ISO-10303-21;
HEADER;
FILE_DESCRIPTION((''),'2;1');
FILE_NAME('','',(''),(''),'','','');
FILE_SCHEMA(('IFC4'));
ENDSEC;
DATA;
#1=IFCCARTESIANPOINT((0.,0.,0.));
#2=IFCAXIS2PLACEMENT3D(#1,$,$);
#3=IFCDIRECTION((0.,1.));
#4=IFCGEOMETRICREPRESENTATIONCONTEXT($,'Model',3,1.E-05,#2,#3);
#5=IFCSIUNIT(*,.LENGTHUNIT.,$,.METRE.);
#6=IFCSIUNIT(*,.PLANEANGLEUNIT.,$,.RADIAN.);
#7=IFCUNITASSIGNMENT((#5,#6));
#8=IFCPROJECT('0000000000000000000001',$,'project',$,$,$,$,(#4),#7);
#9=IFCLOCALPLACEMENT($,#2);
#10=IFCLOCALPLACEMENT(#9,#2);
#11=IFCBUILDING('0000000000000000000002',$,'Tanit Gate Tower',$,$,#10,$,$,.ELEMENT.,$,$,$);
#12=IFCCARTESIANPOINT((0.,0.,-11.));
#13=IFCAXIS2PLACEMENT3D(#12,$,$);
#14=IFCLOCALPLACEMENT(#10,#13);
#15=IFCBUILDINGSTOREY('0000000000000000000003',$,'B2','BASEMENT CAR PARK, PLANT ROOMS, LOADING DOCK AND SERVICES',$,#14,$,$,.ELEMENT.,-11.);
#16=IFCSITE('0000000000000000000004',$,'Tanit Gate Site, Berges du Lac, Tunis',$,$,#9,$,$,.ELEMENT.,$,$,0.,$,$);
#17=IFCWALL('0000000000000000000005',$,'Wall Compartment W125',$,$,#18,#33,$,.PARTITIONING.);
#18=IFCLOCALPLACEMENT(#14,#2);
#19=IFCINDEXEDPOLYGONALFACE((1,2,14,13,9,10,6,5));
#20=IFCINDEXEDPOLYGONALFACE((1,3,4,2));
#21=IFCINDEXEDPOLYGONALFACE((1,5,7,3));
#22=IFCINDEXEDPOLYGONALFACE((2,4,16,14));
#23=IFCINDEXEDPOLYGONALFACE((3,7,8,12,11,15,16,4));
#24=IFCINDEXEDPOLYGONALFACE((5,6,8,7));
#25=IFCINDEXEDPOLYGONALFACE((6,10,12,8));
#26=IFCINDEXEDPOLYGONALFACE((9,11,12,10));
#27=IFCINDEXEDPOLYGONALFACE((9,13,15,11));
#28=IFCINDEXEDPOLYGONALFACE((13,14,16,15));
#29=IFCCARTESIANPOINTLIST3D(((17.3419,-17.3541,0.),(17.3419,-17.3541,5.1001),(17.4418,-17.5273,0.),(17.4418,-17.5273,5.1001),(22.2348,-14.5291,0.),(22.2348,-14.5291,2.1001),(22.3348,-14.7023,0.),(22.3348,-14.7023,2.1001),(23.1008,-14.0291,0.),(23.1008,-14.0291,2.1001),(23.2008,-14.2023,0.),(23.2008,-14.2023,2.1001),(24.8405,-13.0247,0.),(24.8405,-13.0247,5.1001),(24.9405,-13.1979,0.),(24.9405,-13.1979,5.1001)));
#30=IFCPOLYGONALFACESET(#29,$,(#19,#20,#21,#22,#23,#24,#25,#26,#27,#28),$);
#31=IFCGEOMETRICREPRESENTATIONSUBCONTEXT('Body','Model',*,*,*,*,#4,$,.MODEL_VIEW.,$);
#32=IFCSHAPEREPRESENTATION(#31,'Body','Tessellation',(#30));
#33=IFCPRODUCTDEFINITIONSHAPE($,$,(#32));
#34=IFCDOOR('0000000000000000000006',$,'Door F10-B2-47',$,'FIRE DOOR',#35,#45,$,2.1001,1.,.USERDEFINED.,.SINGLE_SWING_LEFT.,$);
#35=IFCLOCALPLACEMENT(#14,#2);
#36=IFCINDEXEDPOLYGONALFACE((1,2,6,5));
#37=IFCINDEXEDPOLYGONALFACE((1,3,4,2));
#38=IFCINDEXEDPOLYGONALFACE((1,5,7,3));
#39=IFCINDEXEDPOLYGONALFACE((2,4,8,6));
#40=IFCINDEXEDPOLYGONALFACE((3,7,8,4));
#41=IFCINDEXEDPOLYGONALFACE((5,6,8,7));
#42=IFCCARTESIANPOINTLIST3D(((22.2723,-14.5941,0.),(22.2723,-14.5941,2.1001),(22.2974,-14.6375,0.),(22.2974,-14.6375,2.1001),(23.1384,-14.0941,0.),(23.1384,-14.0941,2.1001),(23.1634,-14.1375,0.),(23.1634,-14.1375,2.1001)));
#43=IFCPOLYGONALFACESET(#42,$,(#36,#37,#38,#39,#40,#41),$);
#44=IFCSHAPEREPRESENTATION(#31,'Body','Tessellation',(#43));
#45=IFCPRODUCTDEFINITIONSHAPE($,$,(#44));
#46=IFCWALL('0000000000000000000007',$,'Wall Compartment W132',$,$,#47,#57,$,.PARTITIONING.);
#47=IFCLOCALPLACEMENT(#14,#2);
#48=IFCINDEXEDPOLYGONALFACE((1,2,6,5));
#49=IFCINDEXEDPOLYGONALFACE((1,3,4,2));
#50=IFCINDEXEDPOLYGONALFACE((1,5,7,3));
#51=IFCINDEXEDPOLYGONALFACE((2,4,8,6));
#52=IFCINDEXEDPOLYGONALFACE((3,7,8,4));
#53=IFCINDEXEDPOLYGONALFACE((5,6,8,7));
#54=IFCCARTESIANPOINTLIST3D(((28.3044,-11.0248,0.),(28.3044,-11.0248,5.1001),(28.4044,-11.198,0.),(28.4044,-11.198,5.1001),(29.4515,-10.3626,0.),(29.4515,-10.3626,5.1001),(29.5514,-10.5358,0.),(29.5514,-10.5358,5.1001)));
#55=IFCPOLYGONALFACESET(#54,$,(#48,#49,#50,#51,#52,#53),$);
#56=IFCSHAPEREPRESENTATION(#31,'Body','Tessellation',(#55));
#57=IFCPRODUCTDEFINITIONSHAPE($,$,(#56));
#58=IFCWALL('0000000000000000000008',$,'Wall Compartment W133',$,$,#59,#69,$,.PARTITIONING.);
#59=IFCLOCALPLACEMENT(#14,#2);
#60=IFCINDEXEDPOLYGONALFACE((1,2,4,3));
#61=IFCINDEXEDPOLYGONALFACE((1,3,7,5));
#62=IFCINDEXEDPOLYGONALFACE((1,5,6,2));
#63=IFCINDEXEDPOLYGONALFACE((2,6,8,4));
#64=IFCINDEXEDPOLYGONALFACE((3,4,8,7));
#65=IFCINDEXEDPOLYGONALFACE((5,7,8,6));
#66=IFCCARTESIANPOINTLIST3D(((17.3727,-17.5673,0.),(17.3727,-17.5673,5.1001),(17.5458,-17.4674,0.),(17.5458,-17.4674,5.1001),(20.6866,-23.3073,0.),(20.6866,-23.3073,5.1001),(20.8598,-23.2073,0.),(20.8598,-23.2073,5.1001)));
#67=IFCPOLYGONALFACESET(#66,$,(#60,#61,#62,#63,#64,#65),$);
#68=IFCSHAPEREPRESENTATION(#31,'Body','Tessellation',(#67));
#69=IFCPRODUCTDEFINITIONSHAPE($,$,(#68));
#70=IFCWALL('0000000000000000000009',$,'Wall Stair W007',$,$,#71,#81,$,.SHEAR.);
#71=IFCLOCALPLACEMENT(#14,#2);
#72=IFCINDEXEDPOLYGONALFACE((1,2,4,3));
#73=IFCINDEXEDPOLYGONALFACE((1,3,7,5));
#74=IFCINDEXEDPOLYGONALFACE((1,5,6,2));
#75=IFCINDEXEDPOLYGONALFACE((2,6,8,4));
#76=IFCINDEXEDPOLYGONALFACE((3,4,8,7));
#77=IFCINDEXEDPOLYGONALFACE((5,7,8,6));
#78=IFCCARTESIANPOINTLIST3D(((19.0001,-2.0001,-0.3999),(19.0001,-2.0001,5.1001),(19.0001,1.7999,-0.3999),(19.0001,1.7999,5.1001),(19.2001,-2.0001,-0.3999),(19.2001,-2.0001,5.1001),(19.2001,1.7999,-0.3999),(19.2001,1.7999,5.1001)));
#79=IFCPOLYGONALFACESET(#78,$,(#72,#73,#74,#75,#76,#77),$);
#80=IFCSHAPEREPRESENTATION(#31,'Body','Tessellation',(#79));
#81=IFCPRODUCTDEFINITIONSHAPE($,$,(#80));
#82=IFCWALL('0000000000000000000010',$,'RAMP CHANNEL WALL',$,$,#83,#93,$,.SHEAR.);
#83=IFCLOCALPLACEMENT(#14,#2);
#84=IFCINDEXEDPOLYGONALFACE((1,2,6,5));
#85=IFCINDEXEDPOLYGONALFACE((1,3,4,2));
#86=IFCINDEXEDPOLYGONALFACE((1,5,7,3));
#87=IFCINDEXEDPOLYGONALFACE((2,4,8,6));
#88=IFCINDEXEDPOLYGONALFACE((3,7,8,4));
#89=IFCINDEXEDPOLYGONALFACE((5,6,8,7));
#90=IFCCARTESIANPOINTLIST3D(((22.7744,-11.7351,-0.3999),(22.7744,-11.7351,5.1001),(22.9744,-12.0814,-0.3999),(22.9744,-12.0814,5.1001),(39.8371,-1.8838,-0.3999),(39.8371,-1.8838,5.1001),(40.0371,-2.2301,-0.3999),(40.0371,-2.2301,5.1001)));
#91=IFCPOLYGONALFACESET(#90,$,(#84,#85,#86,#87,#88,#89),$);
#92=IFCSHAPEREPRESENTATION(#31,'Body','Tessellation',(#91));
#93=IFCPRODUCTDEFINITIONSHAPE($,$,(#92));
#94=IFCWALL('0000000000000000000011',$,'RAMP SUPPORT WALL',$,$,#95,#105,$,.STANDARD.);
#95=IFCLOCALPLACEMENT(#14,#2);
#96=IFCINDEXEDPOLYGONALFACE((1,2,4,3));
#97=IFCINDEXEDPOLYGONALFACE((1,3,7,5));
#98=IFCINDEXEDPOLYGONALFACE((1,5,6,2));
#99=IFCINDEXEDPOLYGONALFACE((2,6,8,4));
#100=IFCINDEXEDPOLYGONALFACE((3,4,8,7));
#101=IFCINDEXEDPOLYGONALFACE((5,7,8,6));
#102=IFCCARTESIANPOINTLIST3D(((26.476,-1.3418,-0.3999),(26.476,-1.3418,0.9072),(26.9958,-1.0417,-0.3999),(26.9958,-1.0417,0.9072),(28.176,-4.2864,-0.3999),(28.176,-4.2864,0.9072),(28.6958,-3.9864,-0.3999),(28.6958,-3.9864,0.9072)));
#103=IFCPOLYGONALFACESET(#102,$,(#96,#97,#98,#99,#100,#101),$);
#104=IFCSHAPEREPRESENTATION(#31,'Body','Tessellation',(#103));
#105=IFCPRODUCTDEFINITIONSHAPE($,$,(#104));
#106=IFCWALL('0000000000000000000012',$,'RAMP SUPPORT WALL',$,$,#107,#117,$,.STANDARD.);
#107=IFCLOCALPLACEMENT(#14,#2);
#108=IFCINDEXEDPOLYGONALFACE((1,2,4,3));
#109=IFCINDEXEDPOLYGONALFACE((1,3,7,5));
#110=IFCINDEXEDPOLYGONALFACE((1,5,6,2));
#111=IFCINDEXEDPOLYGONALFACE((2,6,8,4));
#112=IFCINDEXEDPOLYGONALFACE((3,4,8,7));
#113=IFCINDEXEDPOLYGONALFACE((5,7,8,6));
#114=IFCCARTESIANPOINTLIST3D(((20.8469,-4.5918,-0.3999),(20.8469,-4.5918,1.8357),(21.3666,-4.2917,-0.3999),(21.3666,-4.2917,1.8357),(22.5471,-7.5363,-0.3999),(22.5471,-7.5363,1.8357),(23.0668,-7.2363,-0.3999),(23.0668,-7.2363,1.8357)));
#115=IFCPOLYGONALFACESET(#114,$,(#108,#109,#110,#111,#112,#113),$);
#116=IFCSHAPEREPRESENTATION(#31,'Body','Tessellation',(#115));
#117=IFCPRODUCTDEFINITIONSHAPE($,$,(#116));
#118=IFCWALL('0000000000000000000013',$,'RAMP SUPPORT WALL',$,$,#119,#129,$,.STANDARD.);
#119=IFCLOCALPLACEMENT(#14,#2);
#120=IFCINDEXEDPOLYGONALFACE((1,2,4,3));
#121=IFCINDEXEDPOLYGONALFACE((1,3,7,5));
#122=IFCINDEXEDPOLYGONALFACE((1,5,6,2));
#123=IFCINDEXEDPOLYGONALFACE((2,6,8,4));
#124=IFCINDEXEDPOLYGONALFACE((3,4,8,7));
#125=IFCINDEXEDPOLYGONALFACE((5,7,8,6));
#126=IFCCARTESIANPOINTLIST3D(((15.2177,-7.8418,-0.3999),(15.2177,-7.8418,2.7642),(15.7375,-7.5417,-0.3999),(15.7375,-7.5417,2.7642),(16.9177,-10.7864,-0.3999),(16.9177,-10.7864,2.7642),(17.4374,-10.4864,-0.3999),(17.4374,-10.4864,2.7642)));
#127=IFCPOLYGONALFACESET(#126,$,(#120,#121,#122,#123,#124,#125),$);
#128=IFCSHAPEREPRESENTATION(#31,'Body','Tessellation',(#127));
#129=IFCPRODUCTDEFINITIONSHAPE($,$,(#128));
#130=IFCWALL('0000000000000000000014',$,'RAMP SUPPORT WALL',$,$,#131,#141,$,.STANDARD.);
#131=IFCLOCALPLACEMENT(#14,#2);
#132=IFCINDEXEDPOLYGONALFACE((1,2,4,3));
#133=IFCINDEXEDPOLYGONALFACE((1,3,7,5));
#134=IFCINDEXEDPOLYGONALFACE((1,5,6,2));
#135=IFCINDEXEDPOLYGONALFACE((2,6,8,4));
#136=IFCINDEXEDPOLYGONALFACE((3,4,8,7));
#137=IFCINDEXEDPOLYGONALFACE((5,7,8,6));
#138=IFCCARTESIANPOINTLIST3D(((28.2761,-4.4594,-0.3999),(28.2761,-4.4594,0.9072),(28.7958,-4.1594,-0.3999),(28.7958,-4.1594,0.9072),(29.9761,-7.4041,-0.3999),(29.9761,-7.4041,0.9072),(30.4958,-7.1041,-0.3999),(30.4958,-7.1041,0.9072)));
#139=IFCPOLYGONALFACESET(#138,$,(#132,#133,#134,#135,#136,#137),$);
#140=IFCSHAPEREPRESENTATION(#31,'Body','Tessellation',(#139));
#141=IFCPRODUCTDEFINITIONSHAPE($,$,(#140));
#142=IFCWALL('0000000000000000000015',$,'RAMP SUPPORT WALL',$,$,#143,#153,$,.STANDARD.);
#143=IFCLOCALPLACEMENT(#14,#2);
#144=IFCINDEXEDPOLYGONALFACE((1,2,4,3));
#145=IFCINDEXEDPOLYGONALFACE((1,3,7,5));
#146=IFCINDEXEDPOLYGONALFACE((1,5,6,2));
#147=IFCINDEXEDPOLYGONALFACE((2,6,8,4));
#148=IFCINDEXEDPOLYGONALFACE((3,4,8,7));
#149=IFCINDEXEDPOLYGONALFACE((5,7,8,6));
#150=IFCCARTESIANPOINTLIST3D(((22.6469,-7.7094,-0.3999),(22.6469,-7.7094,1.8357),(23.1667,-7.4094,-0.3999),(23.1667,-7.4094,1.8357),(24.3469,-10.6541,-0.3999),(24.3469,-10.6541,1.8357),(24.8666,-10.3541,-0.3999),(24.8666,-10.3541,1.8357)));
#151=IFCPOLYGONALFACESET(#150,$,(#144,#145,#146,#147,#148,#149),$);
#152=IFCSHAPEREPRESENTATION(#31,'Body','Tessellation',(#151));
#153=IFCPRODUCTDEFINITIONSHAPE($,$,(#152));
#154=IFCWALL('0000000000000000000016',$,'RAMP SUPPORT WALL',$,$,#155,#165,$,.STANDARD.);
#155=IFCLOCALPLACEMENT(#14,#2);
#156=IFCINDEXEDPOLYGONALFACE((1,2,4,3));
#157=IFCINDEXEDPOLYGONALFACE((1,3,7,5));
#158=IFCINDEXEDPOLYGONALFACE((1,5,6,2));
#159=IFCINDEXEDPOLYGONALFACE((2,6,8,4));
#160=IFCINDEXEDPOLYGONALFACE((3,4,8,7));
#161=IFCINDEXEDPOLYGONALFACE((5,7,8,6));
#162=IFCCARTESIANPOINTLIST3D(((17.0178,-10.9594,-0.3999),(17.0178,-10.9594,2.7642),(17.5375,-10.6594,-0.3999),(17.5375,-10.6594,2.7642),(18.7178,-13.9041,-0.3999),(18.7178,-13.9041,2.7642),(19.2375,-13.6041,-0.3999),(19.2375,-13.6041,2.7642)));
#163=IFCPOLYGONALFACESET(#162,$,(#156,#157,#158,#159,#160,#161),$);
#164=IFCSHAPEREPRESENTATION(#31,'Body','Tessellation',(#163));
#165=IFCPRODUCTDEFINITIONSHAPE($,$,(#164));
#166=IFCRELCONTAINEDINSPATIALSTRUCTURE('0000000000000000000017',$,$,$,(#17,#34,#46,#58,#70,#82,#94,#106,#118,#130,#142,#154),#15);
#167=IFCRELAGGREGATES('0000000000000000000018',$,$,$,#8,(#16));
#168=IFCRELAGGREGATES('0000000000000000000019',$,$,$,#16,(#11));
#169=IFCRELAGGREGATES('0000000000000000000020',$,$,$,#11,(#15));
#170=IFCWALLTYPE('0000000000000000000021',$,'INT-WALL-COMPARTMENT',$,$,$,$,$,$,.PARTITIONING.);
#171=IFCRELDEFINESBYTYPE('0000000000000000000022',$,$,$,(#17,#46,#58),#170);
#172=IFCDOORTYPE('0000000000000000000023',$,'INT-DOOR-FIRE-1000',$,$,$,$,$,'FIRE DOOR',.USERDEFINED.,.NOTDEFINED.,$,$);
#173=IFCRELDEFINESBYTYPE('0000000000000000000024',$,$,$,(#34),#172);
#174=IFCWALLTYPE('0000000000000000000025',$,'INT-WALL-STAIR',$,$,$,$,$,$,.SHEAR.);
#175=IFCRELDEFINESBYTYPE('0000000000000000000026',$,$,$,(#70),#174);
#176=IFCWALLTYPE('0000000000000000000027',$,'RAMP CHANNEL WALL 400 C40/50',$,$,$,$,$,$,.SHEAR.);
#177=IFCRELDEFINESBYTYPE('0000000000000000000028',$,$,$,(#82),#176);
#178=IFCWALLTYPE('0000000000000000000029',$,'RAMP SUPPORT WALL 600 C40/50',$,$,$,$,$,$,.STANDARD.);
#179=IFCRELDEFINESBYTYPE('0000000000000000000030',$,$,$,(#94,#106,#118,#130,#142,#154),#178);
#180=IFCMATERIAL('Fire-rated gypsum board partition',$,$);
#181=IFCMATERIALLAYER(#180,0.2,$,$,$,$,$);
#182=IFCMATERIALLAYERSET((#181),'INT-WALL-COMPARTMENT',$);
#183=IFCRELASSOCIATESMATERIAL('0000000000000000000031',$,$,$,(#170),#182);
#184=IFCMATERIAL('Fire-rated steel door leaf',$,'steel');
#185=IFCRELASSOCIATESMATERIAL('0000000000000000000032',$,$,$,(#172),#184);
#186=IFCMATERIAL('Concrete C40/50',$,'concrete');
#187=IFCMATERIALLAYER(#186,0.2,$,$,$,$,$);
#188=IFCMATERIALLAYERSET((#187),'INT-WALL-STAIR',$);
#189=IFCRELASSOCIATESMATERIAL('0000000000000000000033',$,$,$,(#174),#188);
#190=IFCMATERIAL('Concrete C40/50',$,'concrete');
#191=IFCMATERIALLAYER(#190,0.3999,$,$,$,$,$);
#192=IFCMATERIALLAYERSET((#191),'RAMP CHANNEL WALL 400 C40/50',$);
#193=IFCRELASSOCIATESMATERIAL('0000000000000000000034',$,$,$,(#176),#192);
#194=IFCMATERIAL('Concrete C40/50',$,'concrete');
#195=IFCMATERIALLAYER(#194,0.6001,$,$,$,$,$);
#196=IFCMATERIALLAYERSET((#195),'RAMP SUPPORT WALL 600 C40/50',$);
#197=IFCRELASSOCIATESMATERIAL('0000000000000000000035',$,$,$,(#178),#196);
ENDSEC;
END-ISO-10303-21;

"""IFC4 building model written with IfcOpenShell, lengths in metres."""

from ifc_helpers import new_model, si_unit, direction, frame, frame_2d, origin, place, context, subcontext, project, spatial, rectangle, extrude, material, layer, layer_set, type_object, element, fill, save


model = new_model("IFC4")

# Units and contexts
model_context = context("Model", 3, precision=1e-05, world=origin(), true_north=direction((0.0, 1.0)))
body_context = subcontext(model_context, "Body", "Model", "MODEL_VIEW")
ifc_project = project(units=[si_unit("LENGTHUNIT", "METRE"), si_unit("PLANEANGLEUNIT", "RADIAN")], contexts=[model_context])

# Site, building, storey
site_placement = place(None, origin())
site = spatial("IfcSite", under=ifc_project, at=site_placement, Name="Tanit Gate Site, Berges du Lac, Tunis", CompositionType="ELEMENT", RefElevation=0.0)
building_placement = place(site_placement, origin())
building = spatial("IfcBuilding", under=site, at=building_placement, Name="Tanit Gate Tower", CompositionType="ELEMENT")
storey_placement = place(building_placement, frame((0.0, 0.0, -11.0)))
storey = spatial("IfcBuildingStorey", under=building, at=storey_placement, Name="B2", Description="BASEMENT CAR PARK, PLANT ROOMS, LOADING DOCK AND SERVICES", CompositionType="ELEMENT", Elevation=-11.0)

# Wall, opening, door
ifc_material_1 = material(Name="Fire-rated gypsum board partition")
ifc_layer_1 = layer(ifc_material_1, 0.2)
ifc_layer_set_1 = layer_set([ifc_layer_1], Name="INT-WALL-COMPARTMENT")
wall_type_1 = type_object("IfcWallType", Name="INT-WALL-COMPARTMENT", PredefinedType="PARTITIONING", material=ifc_layer_set_1)
wall_1_placement = place(storey_placement, frame((17.3918, -17.4407, 0.0), z_axis=(0.0, 0.0, 1.0), x_axis=(0.866022, 0.500006, 0.0)))
wall_1 = element("IfcWall", 1, at=wall_1_placement, inside=storey, type_object=wall_type_1, Name="Wall Compartment W125", PredefinedType="PARTITIONING", context=body_context, shape_type="SweptSolid", body=[
    extrude(rectangle(XDim=8.6587, YDim=0.2, at=frame_2d((4.3293, 0.0))), origin(), (0.0, 0.0, 1.0), 5.1001),
])
opening_1_placement = place(wall_1_placement, frame((5.6499, 0.0, 0.0)))
opening_1 = element("IfcOpeningElement", 2, at=opening_1_placement, cuts=wall_1, PredefinedType="OPENING", context=body_context, shape_type="SweptSolid", body=[
    extrude(rectangle(XDim=1.0, YDim=2.1001, at=frame_2d((0.5, 1.05))), frame((0.0, 0.1099, 0.0), z_axis=(0.0, -1.0, 0.0), x_axis=(1.0, 0.0, 0.0)), (0.0, 0.0, 1.0), 0.22),
])
ifc_material_2 = material(Name="Fire-rated steel door leaf", Category="steel")
door_type_1 = type_object("IfcDoorType", Name="INT-DOOR-FIRE-1000", ElementType="FIRE DOOR", OperationType="NOTDEFINED", PredefinedType="USERDEFINED", material=ifc_material_2)
door_1_placement = place(opening_1_placement, origin())
door_1 = element("IfcDoor", 3, at=door_1_placement, inside=storey, type_object=door_type_1, Name="Door F10-B2-47", ObjectType="FIRE DOOR", OperationType="SINGLE_SWING_LEFT", OverallHeight=2.1001, OverallWidth=1.0, PredefinedType="USERDEFINED", context=body_context, shape_type="SweptSolid", body=[
    extrude(rectangle(XDim=1.0, YDim=2.1001, at=frame_2d((0.5, 1.05))), frame((0.0, 0.0249, 0.0), z_axis=(0.0, -1.0, 0.0), x_axis=(1.0, 0.0, 0.0)), (0.0, 0.0, 1.0), 0.05),
])
fill(opening_1, door_1)

# Walls
wall_2_placement = place(storey_placement, frame((28.3545, -11.1113, 0.0), z_axis=(0.0, 0.0, 1.0), x_axis=(0.866057, 0.499946, 0.0)))
element("IfcWall", 4, at=wall_2_placement, inside=storey, type_object=wall_type_1, Name="Wall Compartment W132", PredefinedType="PARTITIONING", context=body_context, shape_type="SweptSolid", body=[
    extrude(rectangle(XDim=1.3245, YDim=0.2, at=frame_2d((0.6621, 0.0))), origin(), (0.0, 0.0, 1.0), 5.1001),
])
wall_3_placement = place(storey_placement, frame((20.7732, -23.2573, 0.0), z_axis=(0.0, 0.0, 1.0), x_axis=(-0.499998, 0.866027, 0.0)))
element("IfcWall", 5, at=wall_3_placement, inside=storey, type_object=wall_type_1, Name="Wall Compartment W133", PredefinedType="PARTITIONING", context=body_context, shape_type="SweptSolid", body=[
    extrude(rectangle(XDim=6.6279, YDim=0.2, at=frame_2d((3.314, 0.0))), origin(), (0.0, 0.0, 1.0), 5.1001),
])
ifc_material_3 = material(Name="Concrete C40/50", Category="concrete")
ifc_layer_2 = layer(ifc_material_3, 0.2)
ifc_layer_set_2 = layer_set([ifc_layer_2], Name="INT-WALL-STAIR")
wall_type_2 = type_object("IfcWallType", Name="INT-WALL-STAIR", PredefinedType="SHEAR", material=ifc_layer_set_2)
wall_4_placement = place(storey_placement, frame((19.1001, -2.0, -0.3999), z_axis=(0.0, 0.0, 1.0), x_axis=(0.0, 1.0, 0.0)))
element("IfcWall", 6, at=wall_4_placement, inside=storey, type_object=wall_type_2, Name="Wall Stair W007", PredefinedType="SHEAR", context=body_context, shape_type="SweptSolid", body=[
    extrude(rectangle(XDim=3.8, YDim=0.2, at=frame_2d((1.8999, 0.0))), origin(), (0.0, 0.0, 1.0), 5.5),
])
ifc_material_4 = material(Name="Concrete C40/50", Category="concrete")
ifc_layer_3 = layer(ifc_material_4, 0.3999)
ifc_layer_set_3 = layer_set([ifc_layer_3], Name="RAMP CHANNEL WALL 400 C40/50")
wall_type_3 = type_object("IfcWallType", Name="RAMP CHANNEL WALL 400 C40/50", PredefinedType="SHEAR", material=ifc_layer_set_3)
wall_5_placement = place(storey_placement, frame((22.8745, -11.9082, -0.3999), z_axis=(0.0, 0.0, 1.0), x_axis=(0.866022, 0.500005, 0.0)))
element("IfcWall", 7, at=wall_5_placement, inside=storey, type_object=wall_type_3, Name="RAMP CHANNEL WALL", PredefinedType="SHEAR", context=body_context, shape_type="SweptSolid", body=[
    extrude(rectangle(XDim=19.7024, YDim=0.3999, at=frame_2d((9.8511, 0.0))), origin(), (0.0, 0.0, 1.0), 5.5),
])
ifc_material_5 = material(Name="Concrete C40/50", Category="concrete")
ifc_layer_4 = layer(ifc_material_5, 0.6001)
ifc_layer_set_4 = layer_set([ifc_layer_4], Name="RAMP SUPPORT WALL 600 C40/50")
wall_type_4 = type_object("IfcWallType", Name="RAMP SUPPORT WALL 600 C40/50", PredefinedType="STANDARD", material=ifc_layer_set_4)
wall_6_placement = place(storey_placement, frame((26.7358, -1.1917, -0.3999), z_axis=(0.0, 0.0, 1.0), x_axis=(0.499977, -0.866039, 0.0)))
element("IfcWall", 8, at=wall_6_placement, inside=storey, type_object=wall_type_4, Name="RAMP SUPPORT WALL", PredefinedType="STANDARD", context=body_context, shape_type="SweptSolid", body=[
    extrude(rectangle(XDim=3.4001, YDim=0.6001, at=frame_2d((1.7002, 0.0))), origin(), (0.0, 0.0, 1.0), 1.3071),
])
wall_7_placement = place(storey_placement, frame((21.1067, -4.4417, -0.3999), z_axis=(0.0, 0.0, 1.0), x_axis=(0.500031, -0.866007, 0.0)))
element("IfcWall", 9, at=wall_7_placement, inside=storey, type_object=wall_type_4, Name="RAMP SUPPORT WALL", PredefinedType="STANDARD", context=body_context, shape_type="SweptSolid", body=[
    extrude(rectangle(XDim=3.4001, YDim=0.6001, at=frame_2d((1.7002, 0.0))), origin(), (0.0, 0.0, 1.0), 2.2356),
])
wall_8_placement = place(storey_placement, frame((15.4775, -7.6917, -0.3999), z_axis=(0.0, 0.0, 1.0), x_axis=(0.499977, -0.866039, 0.0)))
element("IfcWall", 10, at=wall_8_placement, inside=storey, type_object=wall_type_4, Name="RAMP SUPPORT WALL", PredefinedType="STANDARD", context=body_context, shape_type="SweptSolid", body=[
    extrude(rectangle(XDim=3.4001, YDim=0.6001, at=frame_2d((1.7002, 0.0))), origin(), (0.0, 0.0, 1.0), 3.1641),
])
wall_9_placement = place(storey_placement, frame((28.5359, -4.3093, -0.3999), z_axis=(0.0, 0.0, 1.0), x_axis=(0.499977, -0.866039, 0.0)))
element("IfcWall", 11, at=wall_9_placement, inside=storey, type_object=wall_type_4, Name="RAMP SUPPORT WALL", PredefinedType="STANDARD", context=body_context, shape_type="SweptSolid", body=[
    extrude(rectangle(XDim=3.4001, YDim=0.6001, at=frame_2d((1.7002, 0.0))), origin(), (0.0, 0.0, 1.0), 1.3071),
])
wall_10_placement = place(storey_placement, frame((22.9067, -7.5593, -0.3999), z_axis=(0.0, 0.0, 1.0), x_axis=(0.499977, -0.866039, 0.0)))
element("IfcWall", 12, at=wall_10_placement, inside=storey, type_object=wall_type_4, Name="RAMP SUPPORT WALL", PredefinedType="STANDARD", context=body_context, shape_type="SweptSolid", body=[
    extrude(rectangle(XDim=3.4001, YDim=0.6001, at=frame_2d((1.7002, 0.0))), origin(), (0.0, 0.0, 1.0), 2.2356),
])
wall_11_placement = place(storey_placement, frame((17.2776, -10.8093, -0.3999), z_axis=(0.0, 0.0, 1.0), x_axis=(0.499977, -0.866039, 0.0)))
element("IfcWall", 13, at=wall_11_placement, inside=storey, type_object=wall_type_4, Name="RAMP SUPPORT WALL", PredefinedType="STANDARD", context=body_context, shape_type="SweptSolid", body=[
    extrude(rectangle(XDim=3.4001, YDim=0.6001, at=frame_2d((1.7002, 0.0))), origin(), (0.0, 0.0, 1.0), 3.1641),
])

save(model, "model.ifc")
